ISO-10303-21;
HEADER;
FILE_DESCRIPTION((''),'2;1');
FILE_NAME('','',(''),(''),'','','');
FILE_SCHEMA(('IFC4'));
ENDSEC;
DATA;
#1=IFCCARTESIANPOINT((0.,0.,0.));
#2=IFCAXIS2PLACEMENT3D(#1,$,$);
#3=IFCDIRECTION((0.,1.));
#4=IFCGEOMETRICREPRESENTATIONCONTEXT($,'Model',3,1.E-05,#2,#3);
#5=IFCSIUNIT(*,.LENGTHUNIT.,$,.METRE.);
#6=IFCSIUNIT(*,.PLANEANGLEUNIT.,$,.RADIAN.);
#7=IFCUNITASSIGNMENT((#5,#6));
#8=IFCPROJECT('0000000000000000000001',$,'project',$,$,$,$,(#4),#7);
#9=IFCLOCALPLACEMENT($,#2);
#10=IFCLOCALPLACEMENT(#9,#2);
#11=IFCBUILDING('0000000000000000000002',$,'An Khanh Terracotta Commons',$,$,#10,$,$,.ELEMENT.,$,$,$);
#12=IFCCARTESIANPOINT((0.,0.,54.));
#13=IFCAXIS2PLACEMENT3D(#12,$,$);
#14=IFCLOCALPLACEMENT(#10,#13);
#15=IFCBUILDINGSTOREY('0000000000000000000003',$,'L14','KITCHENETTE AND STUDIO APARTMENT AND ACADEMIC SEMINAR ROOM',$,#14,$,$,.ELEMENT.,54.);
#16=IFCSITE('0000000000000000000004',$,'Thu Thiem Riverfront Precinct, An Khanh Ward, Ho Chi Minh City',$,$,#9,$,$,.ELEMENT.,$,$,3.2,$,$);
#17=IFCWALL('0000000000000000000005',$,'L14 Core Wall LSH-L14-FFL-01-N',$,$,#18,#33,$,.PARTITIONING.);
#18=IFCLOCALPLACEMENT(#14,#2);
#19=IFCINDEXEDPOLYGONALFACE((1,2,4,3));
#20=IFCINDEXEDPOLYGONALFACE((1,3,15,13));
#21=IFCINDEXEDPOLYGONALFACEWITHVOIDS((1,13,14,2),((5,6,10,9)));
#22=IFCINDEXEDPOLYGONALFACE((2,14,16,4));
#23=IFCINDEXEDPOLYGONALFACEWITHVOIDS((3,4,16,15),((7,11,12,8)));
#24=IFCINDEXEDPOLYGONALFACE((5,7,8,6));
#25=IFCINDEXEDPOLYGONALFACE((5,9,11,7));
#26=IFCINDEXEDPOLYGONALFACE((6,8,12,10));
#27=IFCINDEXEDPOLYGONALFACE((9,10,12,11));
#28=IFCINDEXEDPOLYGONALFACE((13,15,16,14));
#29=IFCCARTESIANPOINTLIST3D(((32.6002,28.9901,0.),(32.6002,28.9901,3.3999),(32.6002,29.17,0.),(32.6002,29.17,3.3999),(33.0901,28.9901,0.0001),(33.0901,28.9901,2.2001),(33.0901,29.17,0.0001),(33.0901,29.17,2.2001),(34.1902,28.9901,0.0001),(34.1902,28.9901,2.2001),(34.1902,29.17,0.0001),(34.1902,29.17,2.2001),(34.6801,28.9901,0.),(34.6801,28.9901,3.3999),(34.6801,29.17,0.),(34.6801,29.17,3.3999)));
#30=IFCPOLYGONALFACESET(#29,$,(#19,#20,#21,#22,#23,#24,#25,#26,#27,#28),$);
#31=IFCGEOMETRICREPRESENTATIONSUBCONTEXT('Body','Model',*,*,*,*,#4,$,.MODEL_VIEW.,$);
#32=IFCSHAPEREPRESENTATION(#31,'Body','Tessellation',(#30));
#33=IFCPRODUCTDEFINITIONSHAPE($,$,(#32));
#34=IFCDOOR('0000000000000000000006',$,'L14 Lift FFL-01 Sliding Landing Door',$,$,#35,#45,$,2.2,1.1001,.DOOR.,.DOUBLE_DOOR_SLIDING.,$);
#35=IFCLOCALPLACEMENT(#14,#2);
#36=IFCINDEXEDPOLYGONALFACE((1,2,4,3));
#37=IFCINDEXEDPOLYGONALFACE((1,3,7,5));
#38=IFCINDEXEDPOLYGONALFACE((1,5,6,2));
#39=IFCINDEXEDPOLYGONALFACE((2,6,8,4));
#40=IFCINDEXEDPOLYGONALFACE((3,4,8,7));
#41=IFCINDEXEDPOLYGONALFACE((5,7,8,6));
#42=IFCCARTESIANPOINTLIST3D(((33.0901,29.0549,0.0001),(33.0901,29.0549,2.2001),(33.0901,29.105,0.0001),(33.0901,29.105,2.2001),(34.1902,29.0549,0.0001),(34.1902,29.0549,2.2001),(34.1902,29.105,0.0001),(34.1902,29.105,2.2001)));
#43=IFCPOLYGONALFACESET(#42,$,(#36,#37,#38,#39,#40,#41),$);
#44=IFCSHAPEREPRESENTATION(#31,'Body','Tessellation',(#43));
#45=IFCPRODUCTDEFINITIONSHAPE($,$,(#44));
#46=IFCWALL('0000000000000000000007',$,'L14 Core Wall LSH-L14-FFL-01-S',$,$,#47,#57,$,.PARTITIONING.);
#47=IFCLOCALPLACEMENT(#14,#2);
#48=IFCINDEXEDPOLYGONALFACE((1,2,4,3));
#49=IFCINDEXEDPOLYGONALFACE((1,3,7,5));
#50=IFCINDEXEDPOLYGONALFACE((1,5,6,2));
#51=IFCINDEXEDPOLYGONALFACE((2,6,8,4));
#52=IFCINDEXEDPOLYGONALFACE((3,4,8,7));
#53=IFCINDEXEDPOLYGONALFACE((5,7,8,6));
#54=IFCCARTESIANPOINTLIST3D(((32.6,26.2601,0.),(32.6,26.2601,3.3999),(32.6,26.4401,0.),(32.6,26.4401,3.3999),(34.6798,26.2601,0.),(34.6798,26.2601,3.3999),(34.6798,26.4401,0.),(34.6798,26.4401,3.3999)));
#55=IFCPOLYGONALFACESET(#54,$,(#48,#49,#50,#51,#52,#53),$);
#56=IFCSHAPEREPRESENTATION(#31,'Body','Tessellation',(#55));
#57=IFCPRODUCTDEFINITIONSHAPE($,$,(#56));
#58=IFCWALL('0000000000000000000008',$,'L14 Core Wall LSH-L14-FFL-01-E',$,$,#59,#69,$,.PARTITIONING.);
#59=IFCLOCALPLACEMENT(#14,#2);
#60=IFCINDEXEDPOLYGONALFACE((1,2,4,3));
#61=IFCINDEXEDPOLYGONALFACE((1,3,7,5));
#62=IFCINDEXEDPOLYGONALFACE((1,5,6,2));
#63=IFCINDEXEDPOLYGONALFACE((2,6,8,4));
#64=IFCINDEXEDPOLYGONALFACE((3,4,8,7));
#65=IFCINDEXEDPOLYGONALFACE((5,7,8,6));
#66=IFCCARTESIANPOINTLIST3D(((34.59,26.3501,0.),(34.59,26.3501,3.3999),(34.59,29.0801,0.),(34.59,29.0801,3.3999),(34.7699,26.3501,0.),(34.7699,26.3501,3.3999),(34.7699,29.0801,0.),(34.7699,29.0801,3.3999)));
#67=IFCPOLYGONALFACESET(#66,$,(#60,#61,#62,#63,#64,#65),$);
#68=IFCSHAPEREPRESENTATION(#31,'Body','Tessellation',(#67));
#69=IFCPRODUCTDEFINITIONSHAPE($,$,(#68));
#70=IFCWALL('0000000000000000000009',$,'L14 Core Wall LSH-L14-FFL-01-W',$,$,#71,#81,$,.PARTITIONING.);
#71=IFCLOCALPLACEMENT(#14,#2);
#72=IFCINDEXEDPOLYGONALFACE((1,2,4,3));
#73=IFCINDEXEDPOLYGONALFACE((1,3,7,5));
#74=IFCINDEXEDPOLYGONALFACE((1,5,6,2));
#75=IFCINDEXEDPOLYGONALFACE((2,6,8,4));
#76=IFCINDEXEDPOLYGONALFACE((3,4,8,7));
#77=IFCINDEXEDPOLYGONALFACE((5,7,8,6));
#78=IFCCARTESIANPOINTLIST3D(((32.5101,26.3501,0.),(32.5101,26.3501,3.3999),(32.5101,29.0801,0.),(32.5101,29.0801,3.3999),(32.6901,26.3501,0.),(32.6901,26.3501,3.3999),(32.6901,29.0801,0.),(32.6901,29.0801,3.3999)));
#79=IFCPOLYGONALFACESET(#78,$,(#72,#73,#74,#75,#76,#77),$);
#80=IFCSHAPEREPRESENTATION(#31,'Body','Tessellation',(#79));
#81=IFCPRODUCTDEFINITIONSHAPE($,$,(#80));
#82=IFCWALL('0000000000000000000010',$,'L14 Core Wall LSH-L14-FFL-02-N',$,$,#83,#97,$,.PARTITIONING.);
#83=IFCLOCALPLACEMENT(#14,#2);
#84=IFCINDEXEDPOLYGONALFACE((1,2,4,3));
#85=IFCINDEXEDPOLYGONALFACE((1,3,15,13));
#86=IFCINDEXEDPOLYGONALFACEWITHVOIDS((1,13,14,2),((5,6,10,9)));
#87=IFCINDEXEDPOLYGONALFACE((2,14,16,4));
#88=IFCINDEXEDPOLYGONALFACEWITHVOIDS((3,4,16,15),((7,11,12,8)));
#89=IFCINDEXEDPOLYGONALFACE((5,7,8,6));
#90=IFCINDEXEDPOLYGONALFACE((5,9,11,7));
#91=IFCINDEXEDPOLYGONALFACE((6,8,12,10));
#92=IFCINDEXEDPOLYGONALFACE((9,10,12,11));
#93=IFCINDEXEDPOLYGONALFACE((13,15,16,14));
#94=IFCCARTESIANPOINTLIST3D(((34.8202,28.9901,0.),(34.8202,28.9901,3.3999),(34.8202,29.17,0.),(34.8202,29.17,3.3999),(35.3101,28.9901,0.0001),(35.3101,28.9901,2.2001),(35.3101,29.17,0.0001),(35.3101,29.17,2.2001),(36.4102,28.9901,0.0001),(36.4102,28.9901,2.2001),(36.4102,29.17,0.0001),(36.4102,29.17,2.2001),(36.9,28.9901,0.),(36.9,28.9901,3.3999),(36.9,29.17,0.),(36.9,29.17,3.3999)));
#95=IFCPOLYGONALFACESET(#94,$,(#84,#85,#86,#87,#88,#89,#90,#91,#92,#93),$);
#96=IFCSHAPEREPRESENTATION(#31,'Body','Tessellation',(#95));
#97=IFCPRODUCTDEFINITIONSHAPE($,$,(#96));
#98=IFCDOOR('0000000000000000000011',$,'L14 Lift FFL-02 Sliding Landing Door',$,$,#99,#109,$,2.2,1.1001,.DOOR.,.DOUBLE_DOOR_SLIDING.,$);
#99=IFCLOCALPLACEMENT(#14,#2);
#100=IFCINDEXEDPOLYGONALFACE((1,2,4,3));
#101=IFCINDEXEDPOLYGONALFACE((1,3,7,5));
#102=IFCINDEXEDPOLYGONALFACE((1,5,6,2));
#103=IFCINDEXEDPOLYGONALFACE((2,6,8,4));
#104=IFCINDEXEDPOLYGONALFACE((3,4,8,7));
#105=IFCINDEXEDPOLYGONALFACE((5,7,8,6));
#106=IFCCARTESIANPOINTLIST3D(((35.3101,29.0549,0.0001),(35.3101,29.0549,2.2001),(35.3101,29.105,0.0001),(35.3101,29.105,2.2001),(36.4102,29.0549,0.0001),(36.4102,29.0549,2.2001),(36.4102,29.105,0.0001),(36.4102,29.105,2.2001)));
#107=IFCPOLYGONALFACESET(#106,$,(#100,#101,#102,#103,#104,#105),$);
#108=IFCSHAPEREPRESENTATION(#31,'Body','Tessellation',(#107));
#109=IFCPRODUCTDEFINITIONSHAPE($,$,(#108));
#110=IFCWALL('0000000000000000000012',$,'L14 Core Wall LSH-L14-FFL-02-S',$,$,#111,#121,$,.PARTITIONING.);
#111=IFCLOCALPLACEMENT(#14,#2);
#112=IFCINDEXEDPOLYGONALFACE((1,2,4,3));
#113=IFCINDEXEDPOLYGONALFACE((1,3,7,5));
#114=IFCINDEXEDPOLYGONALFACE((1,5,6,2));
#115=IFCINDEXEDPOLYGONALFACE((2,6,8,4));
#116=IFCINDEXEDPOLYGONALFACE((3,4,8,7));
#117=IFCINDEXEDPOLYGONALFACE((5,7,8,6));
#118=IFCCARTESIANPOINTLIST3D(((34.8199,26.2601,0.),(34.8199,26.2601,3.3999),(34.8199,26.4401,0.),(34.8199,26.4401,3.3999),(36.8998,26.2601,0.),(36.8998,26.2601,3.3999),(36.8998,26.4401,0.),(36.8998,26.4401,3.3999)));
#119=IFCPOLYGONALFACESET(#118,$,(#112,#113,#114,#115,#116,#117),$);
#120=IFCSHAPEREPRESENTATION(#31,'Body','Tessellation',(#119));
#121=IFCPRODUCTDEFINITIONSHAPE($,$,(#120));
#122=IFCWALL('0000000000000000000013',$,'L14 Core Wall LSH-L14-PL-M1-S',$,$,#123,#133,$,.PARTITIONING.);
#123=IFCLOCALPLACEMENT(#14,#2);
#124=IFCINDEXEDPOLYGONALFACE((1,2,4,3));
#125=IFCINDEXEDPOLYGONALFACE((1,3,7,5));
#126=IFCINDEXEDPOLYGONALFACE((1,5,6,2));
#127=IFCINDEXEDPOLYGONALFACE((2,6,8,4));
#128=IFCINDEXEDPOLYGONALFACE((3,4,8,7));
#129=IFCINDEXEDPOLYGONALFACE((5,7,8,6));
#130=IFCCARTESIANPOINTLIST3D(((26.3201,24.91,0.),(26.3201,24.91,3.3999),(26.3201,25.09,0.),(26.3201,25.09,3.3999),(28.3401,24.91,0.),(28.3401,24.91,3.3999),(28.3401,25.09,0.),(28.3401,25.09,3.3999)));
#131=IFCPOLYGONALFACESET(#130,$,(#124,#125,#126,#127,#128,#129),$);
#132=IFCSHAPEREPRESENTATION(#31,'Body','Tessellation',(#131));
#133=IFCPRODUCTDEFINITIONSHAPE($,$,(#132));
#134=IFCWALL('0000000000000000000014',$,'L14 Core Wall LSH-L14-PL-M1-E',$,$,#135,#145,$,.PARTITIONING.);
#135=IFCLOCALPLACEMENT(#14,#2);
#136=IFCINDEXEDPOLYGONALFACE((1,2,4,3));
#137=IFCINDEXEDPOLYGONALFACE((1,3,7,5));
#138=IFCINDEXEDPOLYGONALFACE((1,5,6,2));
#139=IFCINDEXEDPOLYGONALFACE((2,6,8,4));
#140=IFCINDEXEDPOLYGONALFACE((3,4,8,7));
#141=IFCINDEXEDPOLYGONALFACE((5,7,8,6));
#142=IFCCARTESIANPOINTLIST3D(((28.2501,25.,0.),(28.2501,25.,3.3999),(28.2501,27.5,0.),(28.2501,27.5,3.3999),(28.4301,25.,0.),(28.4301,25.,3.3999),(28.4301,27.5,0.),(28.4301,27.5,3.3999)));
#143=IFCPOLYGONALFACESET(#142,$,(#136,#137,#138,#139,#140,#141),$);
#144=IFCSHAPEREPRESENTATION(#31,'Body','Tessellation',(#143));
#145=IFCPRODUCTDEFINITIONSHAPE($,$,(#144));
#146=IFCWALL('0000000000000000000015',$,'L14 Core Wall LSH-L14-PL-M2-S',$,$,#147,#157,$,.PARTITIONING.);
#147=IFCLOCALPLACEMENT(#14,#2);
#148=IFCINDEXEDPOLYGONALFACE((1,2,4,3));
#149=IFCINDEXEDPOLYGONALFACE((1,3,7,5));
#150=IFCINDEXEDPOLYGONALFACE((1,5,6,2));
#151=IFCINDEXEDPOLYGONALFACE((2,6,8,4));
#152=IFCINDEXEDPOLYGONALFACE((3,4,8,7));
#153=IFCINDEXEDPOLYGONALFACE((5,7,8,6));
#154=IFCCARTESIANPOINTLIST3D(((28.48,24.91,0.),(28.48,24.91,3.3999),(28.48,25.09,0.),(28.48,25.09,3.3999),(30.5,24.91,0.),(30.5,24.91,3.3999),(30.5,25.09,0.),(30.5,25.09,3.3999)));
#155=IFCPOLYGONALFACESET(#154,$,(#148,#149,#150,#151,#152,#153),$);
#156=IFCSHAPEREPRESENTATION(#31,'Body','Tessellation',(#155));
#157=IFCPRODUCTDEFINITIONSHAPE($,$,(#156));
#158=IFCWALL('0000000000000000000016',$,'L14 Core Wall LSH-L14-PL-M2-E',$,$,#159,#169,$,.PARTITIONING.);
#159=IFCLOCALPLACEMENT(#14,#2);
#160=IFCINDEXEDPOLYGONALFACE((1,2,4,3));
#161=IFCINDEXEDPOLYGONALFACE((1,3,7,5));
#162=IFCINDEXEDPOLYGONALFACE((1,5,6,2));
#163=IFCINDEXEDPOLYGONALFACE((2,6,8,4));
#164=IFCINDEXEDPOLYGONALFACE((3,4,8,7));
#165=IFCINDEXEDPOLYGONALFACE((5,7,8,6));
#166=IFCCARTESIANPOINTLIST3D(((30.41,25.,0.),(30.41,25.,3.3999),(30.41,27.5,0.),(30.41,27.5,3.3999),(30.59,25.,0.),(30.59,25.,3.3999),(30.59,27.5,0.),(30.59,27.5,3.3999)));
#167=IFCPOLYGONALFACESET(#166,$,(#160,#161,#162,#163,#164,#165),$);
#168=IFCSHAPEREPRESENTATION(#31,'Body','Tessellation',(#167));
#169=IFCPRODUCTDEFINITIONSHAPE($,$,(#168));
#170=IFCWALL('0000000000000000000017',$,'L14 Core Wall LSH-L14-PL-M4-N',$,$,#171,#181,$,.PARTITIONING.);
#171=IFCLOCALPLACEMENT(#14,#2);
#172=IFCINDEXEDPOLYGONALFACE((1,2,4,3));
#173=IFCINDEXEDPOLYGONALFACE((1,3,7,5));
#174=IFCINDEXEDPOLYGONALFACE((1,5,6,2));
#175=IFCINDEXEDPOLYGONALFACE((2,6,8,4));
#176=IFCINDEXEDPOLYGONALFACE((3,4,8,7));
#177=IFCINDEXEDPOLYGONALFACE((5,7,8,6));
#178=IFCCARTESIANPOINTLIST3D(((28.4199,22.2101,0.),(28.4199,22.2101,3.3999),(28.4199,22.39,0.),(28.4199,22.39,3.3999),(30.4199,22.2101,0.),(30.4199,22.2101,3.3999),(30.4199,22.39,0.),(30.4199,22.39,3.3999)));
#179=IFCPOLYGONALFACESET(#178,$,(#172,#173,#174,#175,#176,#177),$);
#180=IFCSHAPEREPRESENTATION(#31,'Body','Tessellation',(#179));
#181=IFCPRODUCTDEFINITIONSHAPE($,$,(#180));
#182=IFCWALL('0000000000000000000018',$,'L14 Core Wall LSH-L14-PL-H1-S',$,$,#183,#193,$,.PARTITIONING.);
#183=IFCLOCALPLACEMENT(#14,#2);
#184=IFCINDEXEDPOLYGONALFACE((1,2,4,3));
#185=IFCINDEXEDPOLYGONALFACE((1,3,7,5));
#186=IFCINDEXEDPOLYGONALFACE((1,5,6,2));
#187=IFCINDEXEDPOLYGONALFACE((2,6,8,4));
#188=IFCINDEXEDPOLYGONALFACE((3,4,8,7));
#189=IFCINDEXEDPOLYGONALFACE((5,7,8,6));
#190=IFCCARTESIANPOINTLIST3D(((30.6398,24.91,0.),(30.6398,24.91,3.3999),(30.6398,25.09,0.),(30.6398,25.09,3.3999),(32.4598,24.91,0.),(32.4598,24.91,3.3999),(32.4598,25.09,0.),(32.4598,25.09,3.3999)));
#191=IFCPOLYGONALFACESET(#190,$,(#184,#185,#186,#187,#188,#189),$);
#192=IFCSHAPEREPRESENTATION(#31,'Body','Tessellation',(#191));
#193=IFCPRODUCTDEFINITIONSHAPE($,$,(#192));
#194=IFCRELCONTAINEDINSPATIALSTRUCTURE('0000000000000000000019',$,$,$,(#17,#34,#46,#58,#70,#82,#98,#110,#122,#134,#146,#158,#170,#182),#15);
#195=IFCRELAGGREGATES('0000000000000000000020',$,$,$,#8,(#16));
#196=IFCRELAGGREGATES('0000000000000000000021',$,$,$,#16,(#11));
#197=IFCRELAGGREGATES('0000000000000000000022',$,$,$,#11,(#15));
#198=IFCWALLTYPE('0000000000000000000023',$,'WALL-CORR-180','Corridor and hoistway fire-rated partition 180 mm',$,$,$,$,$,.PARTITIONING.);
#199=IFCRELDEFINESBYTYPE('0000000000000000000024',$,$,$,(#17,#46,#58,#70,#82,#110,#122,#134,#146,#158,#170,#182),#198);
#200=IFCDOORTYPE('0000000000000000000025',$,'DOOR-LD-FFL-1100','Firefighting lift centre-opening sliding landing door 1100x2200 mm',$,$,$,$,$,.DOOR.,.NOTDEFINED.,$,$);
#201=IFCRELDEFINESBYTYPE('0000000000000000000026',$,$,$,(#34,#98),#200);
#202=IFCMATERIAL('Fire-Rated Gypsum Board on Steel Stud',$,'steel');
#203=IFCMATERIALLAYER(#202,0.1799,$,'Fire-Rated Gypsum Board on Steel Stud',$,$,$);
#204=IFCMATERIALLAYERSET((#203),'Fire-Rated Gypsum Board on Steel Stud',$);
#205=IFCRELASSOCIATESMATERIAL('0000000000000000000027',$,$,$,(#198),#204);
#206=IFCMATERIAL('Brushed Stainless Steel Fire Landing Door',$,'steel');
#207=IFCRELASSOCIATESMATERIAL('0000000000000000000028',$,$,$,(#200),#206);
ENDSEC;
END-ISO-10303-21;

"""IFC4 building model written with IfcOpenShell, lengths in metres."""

from ifc_helpers import new_model, si_unit, direction, frame, frame_2d, origin, place, context, subcontext, project, spatial, rectangle, extrude, material, layer, layer_set, type_object, element, fill, save


model = new_model("IFC4")

# Units and contexts
model_context = context("Model", 3, precision=1e-05, world=origin(), true_north=direction((0.0, 1.0)))
body_context = subcontext(model_context, "Body", "Model", "MODEL_VIEW")
ifc_project = project(units=[si_unit("LENGTHUNIT", "METRE"), si_unit("PLANEANGLEUNIT", "RADIAN")], contexts=[model_context])

# Site, building, storey
site_placement = place(None, origin())
site = spatial("IfcSite", under=ifc_project, at=site_placement, Name="Thu Thiem Riverfront Precinct, An Khanh Ward, Ho Chi Minh City", CompositionType="ELEMENT", RefElevation=3.2)
building_placement = place(site_placement, origin())
building = spatial("IfcBuilding", under=site, at=building_placement, Name="An Khanh Terracotta Commons", CompositionType="ELEMENT")
storey_placement = place(building_placement, frame((0.0, 0.0, 54.0)))
storey = spatial("IfcBuildingStorey", under=building, at=storey_placement, Name="L14", Description="KITCHENETTE AND STUDIO APARTMENT AND ACADEMIC SEMINAR ROOM", CompositionType="ELEMENT", Elevation=54.0)

# Wall, opening, door
ifc_material_1 = material(Name="Fire-Rated Gypsum Board on Steel Stud", Category="steel")
ifc_layer_1 = layer(ifc_material_1, 0.1799, Name="Fire-Rated Gypsum Board on Steel Stud")
ifc_layer_set_1 = layer_set([ifc_layer_1], Name="Fire-Rated Gypsum Board on Steel Stud")
wall_type_1 = type_object("IfcWallType", Name="WALL-CORR-180", Description="Corridor and hoistway fire-rated partition 180 mm", PredefinedType="PARTITIONING", material=ifc_layer_set_1)
wall_1_placement = place(storey_placement, frame((32.6001, 29.0801, 0.0), z_axis=(0.0, 0.0, 1.0), x_axis=(1.0, 0.0, 0.0)))
wall_1 = element("IfcWall", 1, at=wall_1_placement, inside=storey, type_object=wall_type_1, Name="L14 Core Wall LSH-L14-FFL-01-N", PredefinedType="PARTITIONING", context=body_context, shape_type="SweptSolid", body=[
    extrude(rectangle(XDim=2.0798, YDim=0.1799, at=frame_2d((1.04, 0.0))), origin(), (0.0, 0.0, 1.0), 3.3999),
])
opening_1_placement = place(wall_1_placement, frame((0.49, 0.0, 0.0)))
opening_1 = element("IfcOpeningElement", 2, at=opening_1_placement, cuts=wall_1, PredefinedType="OPENING", context=body_context, shape_type="SweptSolid", body=[
    extrude(rectangle(XDim=1.1001, YDim=2.2, at=frame_2d((0.55, 1.1001))), frame((0.0, 0.0999, 0.0), z_axis=(0.0, -1.0, 0.0), x_axis=(1.0, 0.0, 0.0)), (0.0, 0.0, 1.0), 0.2),
])
ifc_material_2 = material(Name="Brushed Stainless Steel Fire Landing Door", Category="steel")
door_type = type_object("IfcDoorType", Name="DOOR-LD-FFL-1100", Description="Firefighting lift centre-opening sliding landing door 1100x2200 mm", OperationType="NOTDEFINED", PredefinedType="DOOR", material=ifc_material_2)
door_1_placement = place(opening_1_placement, origin())
door_1 = element("IfcDoor", 3, at=door_1_placement, inside=storey, type_object=door_type, Name="L14 Lift FFL-01 Sliding Landing Door", OperationType="DOUBLE_DOOR_SLIDING", OverallHeight=2.2, OverallWidth=1.1001, PredefinedType="DOOR", context=body_context, shape_type="SweptSolid", body=[
    extrude(rectangle(XDim=1.1001, YDim=2.2, at=frame_2d((0.55, 1.1001))), frame((0.0, 0.0249, 0.0), z_axis=(0.0, -1.0, 0.0), x_axis=(1.0, 0.0, 0.0)), (0.0, 0.0, 1.0), 0.05),
])
fill(opening_1, door_1)

# Walls
wall_2_placement = place(storey_placement, frame((34.6799, 26.3501, 0.0), z_axis=(0.0, 0.0, 1.0), x_axis=(-1.0, 0.0, 0.0)))
element("IfcWall", 4, at=wall_2_placement, inside=storey, type_object=wall_type_1, Name="L14 Core Wall LSH-L14-FFL-01-S", PredefinedType="PARTITIONING", context=body_context, shape_type="SweptSolid", body=[
    extrude(rectangle(XDim=2.0798, YDim=0.1799, at=frame_2d((1.04, 0.0))), origin(), (0.0, 0.0, 1.0), 3.3999),
])
for number, where, z_axis, x_axis, name in (
    (5, (34.6799, 26.3501, 0.0), (0.0, 0.0, 1.0), (0.0, 1.0, 0.0), "L14 Core Wall LSH-L14-FFL-01-E"),
    (6, (32.6001, 29.0801, 0.0), (0.0, 0.0, 1.0), (0.0, -1.0, 0.0), "L14 Core Wall LSH-L14-FFL-01-W"),
):
    element("IfcWall", number, at=place(storey_placement, frame(where, z_axis=z_axis, x_axis=x_axis)), inside=storey, type_object=wall_type_1, Name=name, PredefinedType="PARTITIONING", context=body_context, shape_type="SweptSolid", body=[
        extrude(rectangle(XDim=2.73, YDim=0.1799, at=frame_2d((1.365, 0.0))), origin(), (0.0, 0.0, 1.0), 3.3999),
    ])

# Wall, opening, door
wall_3_placement = place(storey_placement, frame((34.8201, 29.0801, 0.0), z_axis=(0.0, 0.0, 1.0), x_axis=(1.0, 0.0, 0.0)))
wall_3 = element("IfcWall", 7, at=wall_3_placement, inside=storey, type_object=wall_type_1, Name="L14 Core Wall LSH-L14-FFL-02-N", PredefinedType="PARTITIONING", context=body_context, shape_type="SweptSolid", body=[
    extrude(rectangle(XDim=2.0798, YDim=0.1799, at=frame_2d((1.04, 0.0))), origin(), (0.0, 0.0, 1.0), 3.3999),
])
opening_2_placement = place(wall_3_placement, frame((0.49, 0.0, 0.0)))
opening_2 = element("IfcOpeningElement", 8, at=opening_2_placement, cuts=wall_3, PredefinedType="OPENING", context=body_context, shape_type="SweptSolid", body=[
    extrude(rectangle(XDim=1.1001, YDim=2.2, at=frame_2d((0.55, 1.1001))), frame((0.0, 0.0999, 0.0), z_axis=(0.0, -1.0, 0.0), x_axis=(1.0, 0.0, 0.0)), (0.0, 0.0, 1.0), 0.2),
])
door_2_placement = place(opening_2_placement, origin())
door_2 = element("IfcDoor", 9, at=door_2_placement, inside=storey, type_object=door_type, Name="L14 Lift FFL-02 Sliding Landing Door", OperationType="DOUBLE_DOOR_SLIDING", OverallHeight=2.2, OverallWidth=1.1001, PredefinedType="DOOR", context=body_context, shape_type="SweptSolid", body=[
    extrude(rectangle(XDim=1.1001, YDim=2.2, at=frame_2d((0.55, 1.1001))), frame((0.0, 0.0249, 0.0), z_axis=(0.0, -1.0, 0.0), x_axis=(1.0, 0.0, 0.0)), (0.0, 0.0, 1.0), 0.05),
])
fill(opening_2, door_2)

# Walls
wall_4_placement = place(storey_placement, frame((36.8999, 26.3501, 0.0), z_axis=(0.0, 0.0, 1.0), x_axis=(-1.0, 0.0, 0.0)))
element("IfcWall", 10, at=wall_4_placement, inside=storey, type_object=wall_type_1, Name="L14 Core Wall LSH-L14-FFL-02-S", PredefinedType="PARTITIONING", context=body_context, shape_type="SweptSolid", body=[
    extrude(rectangle(XDim=2.0798, YDim=0.1799, at=frame_2d((1.04, 0.0))), origin(), (0.0, 0.0, 1.0), 3.3999),
])
wall_5_placement = place(storey_placement, frame((28.3401, 25.0, 0.0), z_axis=(0.0, 0.0, 1.0), x_axis=(-1.0, 0.0, 0.0)))
element("IfcWall", 11, at=wall_5_placement, inside=storey, type_object=wall_type_1, Name="L14 Core Wall LSH-L14-PL-M1-S", PredefinedType="PARTITIONING", context=body_context, shape_type="SweptSolid", body=[
    extrude(rectangle(XDim=2.02, YDim=0.1799, at=frame_2d((1.01, 0.0))), origin(), (0.0, 0.0, 1.0), 3.3999),
])
wall_6_placement = place(storey_placement, frame((28.3401, 25.0, 0.0), z_axis=(0.0, 0.0, 1.0), x_axis=(0.0, 1.0, 0.0)))
element("IfcWall", 12, at=wall_6_placement, inside=storey, type_object=wall_type_1, Name="L14 Core Wall LSH-L14-PL-M1-E", PredefinedType="PARTITIONING", context=body_context, shape_type="SweptSolid", body=[
    extrude(rectangle(XDim=2.5, YDim=0.1799, at=frame_2d((1.25, 0.0))), origin(), (0.0, 0.0, 1.0), 3.3999),
])
wall_7_placement = place(storey_placement, frame((30.5, 25.0, 0.0), z_axis=(0.0, 0.0, 1.0), x_axis=(-1.0, 0.0, 0.0)))
element("IfcWall", 13, at=wall_7_placement, inside=storey, type_object=wall_type_1, Name="L14 Core Wall LSH-L14-PL-M2-S", PredefinedType="PARTITIONING", context=body_context, shape_type="SweptSolid", body=[
    extrude(rectangle(XDim=2.02, YDim=0.1799, at=frame_2d((1.01, 0.0))), origin(), (0.0, 0.0, 1.0), 3.3999),
])
wall_8_placement = place(storey_placement, frame((30.5, 25.0, 0.0), z_axis=(0.0, 0.0, 1.0), x_axis=(0.0, 1.0, 0.0)))
element("IfcWall", 14, at=wall_8_placement, inside=storey, type_object=wall_type_1, Name="L14 Core Wall LSH-L14-PL-M2-E", PredefinedType="PARTITIONING", context=body_context, shape_type="SweptSolid", body=[
    extrude(rectangle(XDim=2.5, YDim=0.1799, at=frame_2d((1.25, 0.0))), origin(), (0.0, 0.0, 1.0), 3.3999),
])
wall_9_placement = place(storey_placement, frame((28.4199, 22.3, 0.0), z_axis=(0.0, 0.0, 1.0), x_axis=(1.0, 0.0, 0.0)))
element("IfcWall", 15, at=wall_9_placement, inside=storey, type_object=wall_type_1, Name="L14 Core Wall LSH-L14-PL-M4-N", PredefinedType="PARTITIONING", context=body_context, shape_type="SweptSolid", body=[
    extrude(rectangle(XDim=2.0, YDim=0.1799, at=frame_2d((1.0, 0.0))), origin(), (0.0, 0.0, 1.0), 3.3999),
])
wall_10_placement = place(storey_placement, frame((32.46, 25.0, 0.0), z_axis=(0.0, 0.0, 1.0), x_axis=(-1.0, 0.0, 0.0)))
element("IfcWall", 16, at=wall_10_placement, inside=storey, type_object=wall_type_1, Name="L14 Core Wall LSH-L14-PL-H1-S", PredefinedType="PARTITIONING", context=body_context, shape_type="SweptSolid", body=[
    extrude(rectangle(XDim=1.8201, YDim=0.1799, at=frame_2d((0.9102, 0.0))), origin(), (0.0, 0.0, 1.0), 3.3999),
])

save(model, "model.ifc")
